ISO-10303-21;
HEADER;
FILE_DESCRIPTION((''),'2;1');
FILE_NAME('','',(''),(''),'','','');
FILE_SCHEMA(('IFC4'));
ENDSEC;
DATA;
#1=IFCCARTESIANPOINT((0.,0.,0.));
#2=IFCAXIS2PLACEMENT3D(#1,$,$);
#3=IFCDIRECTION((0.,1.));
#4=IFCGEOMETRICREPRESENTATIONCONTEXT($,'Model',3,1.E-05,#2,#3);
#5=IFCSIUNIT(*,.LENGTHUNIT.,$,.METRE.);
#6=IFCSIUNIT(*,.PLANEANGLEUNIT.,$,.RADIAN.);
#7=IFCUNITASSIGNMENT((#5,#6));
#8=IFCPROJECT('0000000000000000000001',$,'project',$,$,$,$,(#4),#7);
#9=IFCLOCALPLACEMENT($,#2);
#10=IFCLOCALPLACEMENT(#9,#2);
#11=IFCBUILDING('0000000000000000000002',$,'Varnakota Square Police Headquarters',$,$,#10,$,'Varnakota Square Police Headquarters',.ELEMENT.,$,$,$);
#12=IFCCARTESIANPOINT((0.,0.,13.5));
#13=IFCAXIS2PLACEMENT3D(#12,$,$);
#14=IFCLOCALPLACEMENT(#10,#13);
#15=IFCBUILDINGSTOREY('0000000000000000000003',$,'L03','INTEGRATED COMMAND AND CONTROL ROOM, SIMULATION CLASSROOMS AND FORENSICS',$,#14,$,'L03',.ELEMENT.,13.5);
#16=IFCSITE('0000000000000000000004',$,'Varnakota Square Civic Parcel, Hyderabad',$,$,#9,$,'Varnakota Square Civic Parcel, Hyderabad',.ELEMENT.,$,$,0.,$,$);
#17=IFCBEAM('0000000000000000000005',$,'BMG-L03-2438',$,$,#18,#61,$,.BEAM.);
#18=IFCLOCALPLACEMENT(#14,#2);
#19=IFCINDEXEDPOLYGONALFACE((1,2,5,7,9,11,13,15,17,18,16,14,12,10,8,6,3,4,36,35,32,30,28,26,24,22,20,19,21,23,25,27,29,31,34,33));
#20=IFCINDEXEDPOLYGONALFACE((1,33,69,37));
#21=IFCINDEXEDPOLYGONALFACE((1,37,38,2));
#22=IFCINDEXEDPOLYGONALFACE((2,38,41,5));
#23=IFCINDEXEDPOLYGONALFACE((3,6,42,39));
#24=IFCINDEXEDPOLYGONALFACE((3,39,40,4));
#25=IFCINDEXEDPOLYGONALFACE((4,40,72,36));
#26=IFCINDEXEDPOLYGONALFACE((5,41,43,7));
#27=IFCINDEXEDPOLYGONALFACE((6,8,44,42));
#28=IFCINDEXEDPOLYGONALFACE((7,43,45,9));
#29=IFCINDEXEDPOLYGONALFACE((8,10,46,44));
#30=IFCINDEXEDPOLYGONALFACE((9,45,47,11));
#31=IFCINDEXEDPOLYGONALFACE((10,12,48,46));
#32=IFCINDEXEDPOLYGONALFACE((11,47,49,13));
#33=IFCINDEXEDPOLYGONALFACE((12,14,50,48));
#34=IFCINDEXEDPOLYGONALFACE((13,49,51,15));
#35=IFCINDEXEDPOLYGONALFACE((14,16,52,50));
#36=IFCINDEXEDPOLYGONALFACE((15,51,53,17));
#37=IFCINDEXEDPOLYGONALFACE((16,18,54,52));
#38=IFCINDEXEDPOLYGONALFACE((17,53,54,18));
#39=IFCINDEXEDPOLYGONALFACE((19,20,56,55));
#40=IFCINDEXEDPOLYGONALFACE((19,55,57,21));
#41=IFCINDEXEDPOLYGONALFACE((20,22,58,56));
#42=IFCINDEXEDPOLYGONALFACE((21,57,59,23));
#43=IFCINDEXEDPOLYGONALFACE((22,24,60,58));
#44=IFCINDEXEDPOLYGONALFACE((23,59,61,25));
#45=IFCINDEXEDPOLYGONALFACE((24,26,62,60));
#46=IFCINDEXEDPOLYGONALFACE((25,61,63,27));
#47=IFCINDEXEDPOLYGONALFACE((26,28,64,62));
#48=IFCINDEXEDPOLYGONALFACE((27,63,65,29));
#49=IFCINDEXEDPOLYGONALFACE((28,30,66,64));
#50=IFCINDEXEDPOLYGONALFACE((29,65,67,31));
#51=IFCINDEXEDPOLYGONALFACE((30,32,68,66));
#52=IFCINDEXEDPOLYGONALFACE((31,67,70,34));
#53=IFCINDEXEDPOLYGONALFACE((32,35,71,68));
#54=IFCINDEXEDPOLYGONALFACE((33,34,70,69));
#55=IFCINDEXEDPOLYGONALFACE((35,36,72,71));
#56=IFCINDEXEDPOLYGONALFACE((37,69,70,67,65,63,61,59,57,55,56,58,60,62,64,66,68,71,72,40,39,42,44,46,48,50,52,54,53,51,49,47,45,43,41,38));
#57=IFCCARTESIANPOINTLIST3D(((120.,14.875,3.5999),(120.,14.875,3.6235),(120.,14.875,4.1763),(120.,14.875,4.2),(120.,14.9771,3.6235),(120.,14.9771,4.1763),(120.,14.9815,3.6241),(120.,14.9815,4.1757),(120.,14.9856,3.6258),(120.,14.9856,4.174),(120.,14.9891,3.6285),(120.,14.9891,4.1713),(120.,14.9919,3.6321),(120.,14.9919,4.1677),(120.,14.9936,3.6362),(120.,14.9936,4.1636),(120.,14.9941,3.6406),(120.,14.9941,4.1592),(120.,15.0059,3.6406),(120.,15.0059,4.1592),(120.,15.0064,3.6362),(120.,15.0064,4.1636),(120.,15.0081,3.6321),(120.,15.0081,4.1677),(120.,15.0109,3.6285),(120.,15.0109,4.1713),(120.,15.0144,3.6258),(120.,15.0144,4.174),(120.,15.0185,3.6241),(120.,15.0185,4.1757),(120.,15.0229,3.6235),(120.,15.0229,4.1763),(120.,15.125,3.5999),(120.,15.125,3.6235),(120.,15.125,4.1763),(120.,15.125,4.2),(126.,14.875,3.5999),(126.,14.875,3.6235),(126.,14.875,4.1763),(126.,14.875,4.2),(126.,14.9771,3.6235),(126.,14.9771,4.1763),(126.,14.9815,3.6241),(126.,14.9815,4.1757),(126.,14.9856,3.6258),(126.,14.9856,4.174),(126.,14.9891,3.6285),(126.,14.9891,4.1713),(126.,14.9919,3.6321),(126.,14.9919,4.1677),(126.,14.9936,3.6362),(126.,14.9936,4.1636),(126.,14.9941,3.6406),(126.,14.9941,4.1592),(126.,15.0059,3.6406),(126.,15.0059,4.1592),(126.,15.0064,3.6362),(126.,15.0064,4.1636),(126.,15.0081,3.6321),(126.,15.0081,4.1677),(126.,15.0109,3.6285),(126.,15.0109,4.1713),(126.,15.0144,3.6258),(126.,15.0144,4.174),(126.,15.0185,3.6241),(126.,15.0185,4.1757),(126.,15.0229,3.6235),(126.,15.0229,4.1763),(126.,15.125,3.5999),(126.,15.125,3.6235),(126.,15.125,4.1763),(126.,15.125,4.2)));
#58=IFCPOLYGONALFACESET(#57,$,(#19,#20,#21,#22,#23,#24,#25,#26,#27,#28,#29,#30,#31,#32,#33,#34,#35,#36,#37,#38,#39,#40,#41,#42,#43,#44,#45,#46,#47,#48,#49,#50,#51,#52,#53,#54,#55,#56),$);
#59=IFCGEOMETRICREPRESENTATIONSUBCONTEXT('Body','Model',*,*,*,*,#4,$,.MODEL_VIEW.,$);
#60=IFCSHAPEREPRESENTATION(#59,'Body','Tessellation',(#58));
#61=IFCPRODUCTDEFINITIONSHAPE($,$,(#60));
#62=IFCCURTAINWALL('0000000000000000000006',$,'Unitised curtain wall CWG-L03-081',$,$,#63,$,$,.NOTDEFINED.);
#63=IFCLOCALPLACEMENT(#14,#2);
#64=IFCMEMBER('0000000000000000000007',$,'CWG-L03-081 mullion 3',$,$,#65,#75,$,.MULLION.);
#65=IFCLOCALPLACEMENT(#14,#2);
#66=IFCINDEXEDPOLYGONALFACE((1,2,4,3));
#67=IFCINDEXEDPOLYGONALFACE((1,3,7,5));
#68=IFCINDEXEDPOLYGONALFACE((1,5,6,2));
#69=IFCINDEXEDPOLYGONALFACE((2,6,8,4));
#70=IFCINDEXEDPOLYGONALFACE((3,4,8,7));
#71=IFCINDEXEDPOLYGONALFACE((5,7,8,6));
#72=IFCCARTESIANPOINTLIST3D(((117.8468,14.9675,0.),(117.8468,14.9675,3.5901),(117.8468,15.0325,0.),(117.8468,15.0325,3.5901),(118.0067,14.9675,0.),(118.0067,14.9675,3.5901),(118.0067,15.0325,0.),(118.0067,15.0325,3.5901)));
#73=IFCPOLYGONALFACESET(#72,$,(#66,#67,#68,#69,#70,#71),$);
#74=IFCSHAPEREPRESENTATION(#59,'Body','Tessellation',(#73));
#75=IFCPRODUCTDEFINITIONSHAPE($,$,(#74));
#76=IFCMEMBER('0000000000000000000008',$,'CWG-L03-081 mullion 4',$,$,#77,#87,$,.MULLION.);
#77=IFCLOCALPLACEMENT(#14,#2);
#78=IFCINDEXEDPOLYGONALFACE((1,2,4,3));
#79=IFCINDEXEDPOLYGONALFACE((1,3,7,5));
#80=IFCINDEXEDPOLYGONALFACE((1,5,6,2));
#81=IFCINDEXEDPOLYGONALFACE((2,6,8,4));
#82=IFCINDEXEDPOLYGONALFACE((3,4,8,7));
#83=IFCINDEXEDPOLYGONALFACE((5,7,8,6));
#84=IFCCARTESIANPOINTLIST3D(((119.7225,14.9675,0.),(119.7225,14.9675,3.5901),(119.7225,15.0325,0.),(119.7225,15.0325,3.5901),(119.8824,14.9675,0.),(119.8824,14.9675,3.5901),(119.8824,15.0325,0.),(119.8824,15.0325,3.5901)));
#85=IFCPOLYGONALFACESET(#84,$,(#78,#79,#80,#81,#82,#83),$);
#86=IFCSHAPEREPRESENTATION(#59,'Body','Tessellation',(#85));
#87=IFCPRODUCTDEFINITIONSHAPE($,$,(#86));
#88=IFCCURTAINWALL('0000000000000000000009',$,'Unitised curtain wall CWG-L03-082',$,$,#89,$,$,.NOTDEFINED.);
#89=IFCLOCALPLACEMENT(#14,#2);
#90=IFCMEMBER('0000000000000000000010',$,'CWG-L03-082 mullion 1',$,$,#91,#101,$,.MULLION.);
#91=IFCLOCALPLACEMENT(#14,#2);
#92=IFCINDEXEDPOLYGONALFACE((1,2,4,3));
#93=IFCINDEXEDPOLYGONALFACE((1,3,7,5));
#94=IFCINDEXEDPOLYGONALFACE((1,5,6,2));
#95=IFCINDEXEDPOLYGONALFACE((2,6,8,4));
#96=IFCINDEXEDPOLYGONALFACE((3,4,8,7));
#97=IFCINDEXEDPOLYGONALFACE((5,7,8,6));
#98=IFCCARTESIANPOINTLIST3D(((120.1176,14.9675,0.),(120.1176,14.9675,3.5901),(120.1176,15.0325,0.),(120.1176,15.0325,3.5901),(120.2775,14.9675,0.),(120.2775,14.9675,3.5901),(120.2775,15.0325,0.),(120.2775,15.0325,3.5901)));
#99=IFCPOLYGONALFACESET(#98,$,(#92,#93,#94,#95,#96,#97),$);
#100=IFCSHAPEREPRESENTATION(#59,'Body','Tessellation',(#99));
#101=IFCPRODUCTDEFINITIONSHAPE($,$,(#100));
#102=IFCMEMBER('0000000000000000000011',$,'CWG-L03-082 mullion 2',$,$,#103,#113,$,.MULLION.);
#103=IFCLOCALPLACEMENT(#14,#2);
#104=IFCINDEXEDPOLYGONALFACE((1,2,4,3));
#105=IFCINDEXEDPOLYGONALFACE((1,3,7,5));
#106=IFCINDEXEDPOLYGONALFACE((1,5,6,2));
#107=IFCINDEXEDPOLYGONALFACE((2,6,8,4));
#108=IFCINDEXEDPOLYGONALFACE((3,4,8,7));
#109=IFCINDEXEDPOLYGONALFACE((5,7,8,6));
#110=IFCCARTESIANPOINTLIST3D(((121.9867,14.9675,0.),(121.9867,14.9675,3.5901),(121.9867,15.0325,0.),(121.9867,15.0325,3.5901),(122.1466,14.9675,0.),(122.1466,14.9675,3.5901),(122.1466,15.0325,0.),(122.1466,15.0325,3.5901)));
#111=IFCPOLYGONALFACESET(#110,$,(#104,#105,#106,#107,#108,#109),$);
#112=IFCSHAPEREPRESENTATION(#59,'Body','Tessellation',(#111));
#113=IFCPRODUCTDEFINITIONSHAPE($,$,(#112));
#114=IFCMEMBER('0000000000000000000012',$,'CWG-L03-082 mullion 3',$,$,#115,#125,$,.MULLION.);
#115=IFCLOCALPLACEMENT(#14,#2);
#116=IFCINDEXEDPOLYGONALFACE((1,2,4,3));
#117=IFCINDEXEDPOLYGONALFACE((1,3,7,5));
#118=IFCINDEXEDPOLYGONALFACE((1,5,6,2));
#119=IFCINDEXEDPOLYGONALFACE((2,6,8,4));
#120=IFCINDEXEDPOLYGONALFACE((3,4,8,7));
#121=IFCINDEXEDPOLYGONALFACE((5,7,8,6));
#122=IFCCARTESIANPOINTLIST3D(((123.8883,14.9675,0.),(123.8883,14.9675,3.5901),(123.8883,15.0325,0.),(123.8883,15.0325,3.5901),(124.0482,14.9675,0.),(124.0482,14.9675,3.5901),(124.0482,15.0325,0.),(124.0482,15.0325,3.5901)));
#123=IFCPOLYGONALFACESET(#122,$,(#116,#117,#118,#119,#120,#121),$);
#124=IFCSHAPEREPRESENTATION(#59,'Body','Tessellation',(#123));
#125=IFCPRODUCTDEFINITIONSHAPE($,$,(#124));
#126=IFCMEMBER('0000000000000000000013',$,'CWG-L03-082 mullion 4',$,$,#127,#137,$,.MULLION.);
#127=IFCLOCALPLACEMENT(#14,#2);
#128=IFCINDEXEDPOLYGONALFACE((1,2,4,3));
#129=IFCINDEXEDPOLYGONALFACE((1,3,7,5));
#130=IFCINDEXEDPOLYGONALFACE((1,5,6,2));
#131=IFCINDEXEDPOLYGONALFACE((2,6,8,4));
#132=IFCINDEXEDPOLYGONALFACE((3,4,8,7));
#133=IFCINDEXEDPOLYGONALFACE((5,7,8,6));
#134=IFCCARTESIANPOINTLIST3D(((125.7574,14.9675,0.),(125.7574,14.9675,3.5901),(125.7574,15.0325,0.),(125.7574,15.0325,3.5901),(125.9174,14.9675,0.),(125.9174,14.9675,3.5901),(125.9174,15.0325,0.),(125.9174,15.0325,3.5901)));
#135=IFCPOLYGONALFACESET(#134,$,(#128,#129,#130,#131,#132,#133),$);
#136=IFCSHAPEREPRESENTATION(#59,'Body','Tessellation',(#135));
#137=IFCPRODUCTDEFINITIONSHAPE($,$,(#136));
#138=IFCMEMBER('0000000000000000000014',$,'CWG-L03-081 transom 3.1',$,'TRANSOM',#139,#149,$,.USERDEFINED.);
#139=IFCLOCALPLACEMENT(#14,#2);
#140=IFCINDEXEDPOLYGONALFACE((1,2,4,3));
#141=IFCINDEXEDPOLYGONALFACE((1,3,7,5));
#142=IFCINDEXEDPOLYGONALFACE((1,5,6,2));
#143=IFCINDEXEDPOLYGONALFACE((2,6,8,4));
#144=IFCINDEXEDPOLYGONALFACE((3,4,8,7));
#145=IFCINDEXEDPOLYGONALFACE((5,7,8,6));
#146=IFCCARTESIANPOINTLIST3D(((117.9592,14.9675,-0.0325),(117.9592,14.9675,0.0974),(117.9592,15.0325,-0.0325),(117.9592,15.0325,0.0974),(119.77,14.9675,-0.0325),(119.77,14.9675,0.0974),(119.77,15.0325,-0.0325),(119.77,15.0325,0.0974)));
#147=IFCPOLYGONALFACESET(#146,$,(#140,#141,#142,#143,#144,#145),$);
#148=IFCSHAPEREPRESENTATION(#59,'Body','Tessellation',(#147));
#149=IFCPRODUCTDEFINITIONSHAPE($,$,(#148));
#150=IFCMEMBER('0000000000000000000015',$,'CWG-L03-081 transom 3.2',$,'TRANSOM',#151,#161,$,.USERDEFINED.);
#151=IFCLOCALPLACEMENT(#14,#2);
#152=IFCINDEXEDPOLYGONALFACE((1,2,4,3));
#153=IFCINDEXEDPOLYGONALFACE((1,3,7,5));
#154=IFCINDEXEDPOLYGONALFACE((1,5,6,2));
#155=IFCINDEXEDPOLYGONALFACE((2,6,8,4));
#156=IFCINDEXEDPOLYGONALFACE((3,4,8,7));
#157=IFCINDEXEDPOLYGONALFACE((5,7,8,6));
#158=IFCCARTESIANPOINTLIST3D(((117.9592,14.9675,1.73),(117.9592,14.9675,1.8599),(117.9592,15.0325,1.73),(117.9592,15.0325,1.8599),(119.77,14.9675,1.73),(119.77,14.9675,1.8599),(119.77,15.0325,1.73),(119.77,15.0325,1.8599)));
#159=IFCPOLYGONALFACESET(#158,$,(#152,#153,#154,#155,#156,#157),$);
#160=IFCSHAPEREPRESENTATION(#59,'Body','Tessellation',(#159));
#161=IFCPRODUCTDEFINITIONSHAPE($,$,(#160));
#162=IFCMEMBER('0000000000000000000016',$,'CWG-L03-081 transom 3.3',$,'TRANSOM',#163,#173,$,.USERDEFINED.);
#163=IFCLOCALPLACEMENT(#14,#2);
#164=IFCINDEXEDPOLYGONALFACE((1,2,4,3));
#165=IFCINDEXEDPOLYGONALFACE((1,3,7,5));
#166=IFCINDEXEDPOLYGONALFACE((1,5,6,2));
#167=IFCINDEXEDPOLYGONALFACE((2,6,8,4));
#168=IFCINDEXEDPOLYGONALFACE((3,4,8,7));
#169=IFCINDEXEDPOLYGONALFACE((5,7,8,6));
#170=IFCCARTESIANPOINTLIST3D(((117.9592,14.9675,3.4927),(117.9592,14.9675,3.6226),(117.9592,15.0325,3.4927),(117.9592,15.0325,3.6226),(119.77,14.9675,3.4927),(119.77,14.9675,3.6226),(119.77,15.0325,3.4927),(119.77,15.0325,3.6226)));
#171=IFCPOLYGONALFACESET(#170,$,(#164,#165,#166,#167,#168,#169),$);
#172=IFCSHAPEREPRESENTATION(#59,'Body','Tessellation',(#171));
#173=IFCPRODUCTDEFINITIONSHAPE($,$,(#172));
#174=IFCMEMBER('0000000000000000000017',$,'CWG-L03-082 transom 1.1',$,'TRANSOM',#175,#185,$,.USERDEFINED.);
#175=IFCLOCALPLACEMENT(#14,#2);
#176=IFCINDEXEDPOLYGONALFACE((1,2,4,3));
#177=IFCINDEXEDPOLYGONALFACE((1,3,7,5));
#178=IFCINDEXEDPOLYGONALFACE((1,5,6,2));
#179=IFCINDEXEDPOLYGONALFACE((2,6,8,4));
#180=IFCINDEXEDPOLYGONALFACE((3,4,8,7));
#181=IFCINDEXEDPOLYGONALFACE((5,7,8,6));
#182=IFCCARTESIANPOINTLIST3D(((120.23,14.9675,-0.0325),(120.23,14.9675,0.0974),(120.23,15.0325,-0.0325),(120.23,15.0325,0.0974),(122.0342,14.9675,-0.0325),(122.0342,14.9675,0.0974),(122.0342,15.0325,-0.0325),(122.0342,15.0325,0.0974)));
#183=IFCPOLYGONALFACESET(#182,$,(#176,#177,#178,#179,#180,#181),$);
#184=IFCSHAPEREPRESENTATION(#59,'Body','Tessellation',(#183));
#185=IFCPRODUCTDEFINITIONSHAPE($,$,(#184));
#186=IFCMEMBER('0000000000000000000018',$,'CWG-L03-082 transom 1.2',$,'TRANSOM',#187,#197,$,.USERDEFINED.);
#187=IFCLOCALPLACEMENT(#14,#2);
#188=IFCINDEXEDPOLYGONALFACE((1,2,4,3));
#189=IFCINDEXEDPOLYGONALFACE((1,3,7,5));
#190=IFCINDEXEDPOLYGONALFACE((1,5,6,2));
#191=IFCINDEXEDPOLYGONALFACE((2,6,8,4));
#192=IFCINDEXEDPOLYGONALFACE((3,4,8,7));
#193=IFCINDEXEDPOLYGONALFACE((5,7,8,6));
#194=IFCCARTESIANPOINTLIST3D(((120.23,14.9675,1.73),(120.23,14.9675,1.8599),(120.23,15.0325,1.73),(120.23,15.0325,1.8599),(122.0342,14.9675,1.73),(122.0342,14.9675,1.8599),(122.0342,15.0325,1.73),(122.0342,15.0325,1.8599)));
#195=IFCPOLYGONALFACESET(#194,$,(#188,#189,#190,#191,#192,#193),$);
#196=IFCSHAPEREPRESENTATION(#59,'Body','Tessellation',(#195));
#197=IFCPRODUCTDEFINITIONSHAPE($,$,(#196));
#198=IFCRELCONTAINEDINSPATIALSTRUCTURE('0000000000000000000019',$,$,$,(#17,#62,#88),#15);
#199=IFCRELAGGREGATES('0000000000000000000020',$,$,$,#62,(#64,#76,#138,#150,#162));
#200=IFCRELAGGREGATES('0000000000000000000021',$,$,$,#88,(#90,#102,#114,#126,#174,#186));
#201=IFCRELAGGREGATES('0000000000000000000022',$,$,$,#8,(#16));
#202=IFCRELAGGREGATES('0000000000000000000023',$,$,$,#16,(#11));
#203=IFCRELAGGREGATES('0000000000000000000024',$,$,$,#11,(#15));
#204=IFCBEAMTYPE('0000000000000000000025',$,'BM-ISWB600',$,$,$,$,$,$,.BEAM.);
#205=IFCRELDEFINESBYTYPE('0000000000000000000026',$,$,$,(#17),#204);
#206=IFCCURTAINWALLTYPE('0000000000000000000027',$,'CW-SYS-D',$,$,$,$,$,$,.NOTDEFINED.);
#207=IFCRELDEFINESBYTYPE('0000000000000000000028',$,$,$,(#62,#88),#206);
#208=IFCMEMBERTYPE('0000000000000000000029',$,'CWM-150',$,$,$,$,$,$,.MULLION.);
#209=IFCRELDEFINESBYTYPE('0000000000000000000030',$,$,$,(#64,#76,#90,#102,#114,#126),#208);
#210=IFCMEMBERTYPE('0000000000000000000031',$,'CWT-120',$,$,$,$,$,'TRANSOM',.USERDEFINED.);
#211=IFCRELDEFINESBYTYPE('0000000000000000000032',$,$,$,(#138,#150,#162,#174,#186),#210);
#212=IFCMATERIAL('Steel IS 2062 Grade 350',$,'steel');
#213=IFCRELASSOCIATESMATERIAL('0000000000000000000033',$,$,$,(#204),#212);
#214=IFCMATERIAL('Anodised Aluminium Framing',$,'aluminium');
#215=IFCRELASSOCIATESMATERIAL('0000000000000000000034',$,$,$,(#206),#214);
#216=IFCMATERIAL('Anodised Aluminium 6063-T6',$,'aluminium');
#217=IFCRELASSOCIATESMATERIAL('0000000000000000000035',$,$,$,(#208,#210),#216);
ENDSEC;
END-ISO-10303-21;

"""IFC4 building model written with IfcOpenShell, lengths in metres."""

from ifc_helpers import new_model, si_unit, direction, frame, origin, origin_2d, place, context, subcontext, project, spatial, rectangle, i_section, extrude, material, material_profile, profile_set, type_object, element, aggregate, save


model = new_model("IFC4")

# Units and contexts
model_context = context("Model", 3, precision=1e-05, world=origin(), true_north=direction((0.0, 1.0)))
body_context = subcontext(model_context, "Body", "Model", "MODEL_VIEW")
ifc_project = project(units=[si_unit("LENGTHUNIT", "METRE"), si_unit("PLANEANGLEUNIT", "RADIAN")], contexts=[model_context])

# Site, building, storey
site_placement = place(None, origin())
site = spatial("IfcSite", under=ifc_project, at=site_placement, Name="Varnakota Square Civic Parcel, Hyderabad", LongName="Varnakota Square Civic Parcel, Hyderabad", CompositionType="ELEMENT", RefElevation=0.0)
building_placement = place(site_placement, origin())
building = spatial("IfcBuilding", under=site, at=building_placement, Name="Varnakota Square Police Headquarters", LongName="Varnakota Square Police Headquarters", CompositionType="ELEMENT")
storey_placement = place(building_placement, frame((0.0, 0.0, 13.5)))
storey = spatial("IfcBuildingStorey", under=building, at=storey_placement, Name="L03", Description="INTEGRATED COMMAND AND CONTROL ROOM, SIMULATION CLASSROOMS AND FORENSICS", LongName="L03", CompositionType="ELEMENT", Elevation=13.5)

# Shared definitions
ifc_material_1 = material(Name="Steel IS 2062 Grade 350", Category="steel")

# Beam
ifc_material_profile_1 = material_profile(ifc_material_1, i_section(OverallWidth=0.25, OverallDepth=0.6001, WebThickness=0.0117, FlangeThickness=0.0237, FilletRadius=0.0171, at=origin_2d()), Name="ISWB 600")
ifc_profile_set_1 = profile_set([ifc_material_profile_1], Name="Steel IS 2062 Grade 350")
beam_type_1 = type_object("IfcBeamType", Name="BM-ISWB600", PredefinedType="BEAM", material=ifc_profile_set_1)
beam_1_placement = place(storey_placement, frame((120.0, 15.0, 3.8999), z_axis=(1.0, 0.0, 0.0), x_axis=(0.0, 1.0, 0.0)))
element("IfcBeam", 1, at=beam_1_placement, inside=storey, type_object=beam_type_1, Name="BMG-L03-2438", PredefinedType="BEAM", context=body_context, shape_type="SweptSolid", body=[
    extrude(i_section(OverallWidth=0.25, OverallDepth=0.6001, WebThickness=0.0117, FlangeThickness=0.0237, FilletRadius=0.0171, at=origin_2d()), origin(), (0.0, 0.0, 1.0), 6.0),
])

# Curtain walls, members
ifc_material_2 = material(Name="Anodised Aluminium Framing", Category="aluminium")
curtain_wall_type = type_object("IfcCurtainWallType", Name="CW-SYS-D", PredefinedType="NOTDEFINED", material=ifc_material_2)
curtain_wall_1_placement = place(storey_placement, origin())
curtain_wall_1 = element("IfcCurtainWall", 2, at=curtain_wall_1_placement, inside=storey, type_object=curtain_wall_type, Name="Unitised curtain wall CWG-L03-081", PredefinedType="NOTDEFINED")
ifc_material_3 = material(Name="Anodised Aluminium 6063-T6", Category="aluminium")
ifc_material_profile_2 = material_profile(ifc_material_3, rectangle(XDim=0.0649, YDim=0.1599, at=origin_2d()), Name="ALU MULLION 65x160")
ifc_profile_set_2 = profile_set([ifc_material_profile_2], Name="Anodised Aluminium 6063-T6")
member_type_1 = type_object("IfcMemberType", Name="CWM-150", PredefinedType="MULLION", material=ifc_profile_set_2)
member_1_placement = place(storey_placement, frame((117.9268, 15.0, 0.0), z_axis=(0.0, 0.0, 1.0), x_axis=(0.0, 1.0, 0.0)))
member_1 = element("IfcMember", 3, at=member_1_placement, type_object=member_type_1, Name="CWG-L03-081 mullion 3", PredefinedType="MULLION", context=body_context, shape_type="SweptSolid", body=[
    extrude(rectangle(XDim=0.0649, YDim=0.1599, at=origin_2d()), origin(), (0.0, 0.0, 1.0), 3.5901),
])
member_2_placement = place(storey_placement, frame((119.8025, 15.0, 0.0), z_axis=(0.0, 0.0, 1.0), x_axis=(0.0, 1.0, 0.0)))
member_2 = element("IfcMember", 4, at=member_2_placement, type_object=member_type_1, Name="CWG-L03-081 mullion 4", PredefinedType="MULLION", context=body_context, shape_type="SweptSolid", body=[
    extrude(rectangle(XDim=0.0649, YDim=0.1599, at=origin_2d()), origin(), (0.0, 0.0, 1.0), 3.5901),
])
curtain_wall_2_placement = place(storey_placement, origin())
curtain_wall_2 = element("IfcCurtainWall", 5, at=curtain_wall_2_placement, inside=storey, type_object=curtain_wall_type, Name="Unitised curtain wall CWG-L03-082", PredefinedType="NOTDEFINED")
member_3_placement = place(storey_placement, frame((120.1975, 15.0, 0.0), z_axis=(0.0, 0.0, 1.0), x_axis=(0.0, 1.0, 0.0)))
member_3 = element("IfcMember", 6, at=member_3_placement, type_object=member_type_1, Name="CWG-L03-082 mullion 1", PredefinedType="MULLION", context=body_context, shape_type="SweptSolid", body=[
    extrude(rectangle(XDim=0.0649, YDim=0.1599, at=origin_2d()), origin(), (0.0, 0.0, 1.0), 3.5901),
])
member_4_placement = place(storey_placement, frame((122.0667, 15.0, 0.0), z_axis=(0.0, 0.0, 1.0), x_axis=(0.0, 1.0, 0.0)))
member_4 = element("IfcMember", 7, at=member_4_placement, type_object=member_type_1, Name="CWG-L03-082 mullion 2", PredefinedType="MULLION", context=body_context, shape_type="SweptSolid", body=[
    extrude(rectangle(XDim=0.0649, YDim=0.1599, at=origin_2d()), origin(), (0.0, 0.0, 1.0), 3.5901),
])
member_5_placement = place(storey_placement, frame((123.9683, 15.0, 0.0), z_axis=(0.0, 0.0, 1.0), x_axis=(0.0, 1.0, 0.0)))
member_5 = element("IfcMember", 8, at=member_5_placement, type_object=member_type_1, Name="CWG-L03-082 mullion 3", PredefinedType="MULLION", context=body_context, shape_type="SweptSolid", body=[
    extrude(rectangle(XDim=0.0649, YDim=0.1599, at=origin_2d()), origin(), (0.0, 0.0, 1.0), 3.5901),
])
member_6_placement = place(storey_placement, frame((125.8374, 15.0, 0.0), z_axis=(0.0, 0.0, 1.0), x_axis=(0.0, 1.0, 0.0)))
member_6 = element("IfcMember", 9, at=member_6_placement, type_object=member_type_1, Name="CWG-L03-082 mullion 4", PredefinedType="MULLION", context=body_context, shape_type="SweptSolid", body=[
    extrude(rectangle(XDim=0.0649, YDim=0.1599, at=origin_2d()), origin(), (0.0, 0.0, 1.0), 3.5901),
])

# Members
ifc_material_profile_3 = material_profile(ifc_material_3, rectangle(XDim=0.0649, YDim=0.1299, at=origin_2d()), Name="ALU TRANSOM 65x130")
ifc_profile_set_3 = profile_set([ifc_material_profile_3], Name="Anodised Aluminium 6063-T6")
member_type_2 = type_object("IfcMemberType", Name="CWT-120", ElementType="TRANSOM", PredefinedType="USERDEFINED", material=ifc_profile_set_3)
member_7_placement = place(storey_placement, frame((117.9592, 15.0, 0.0325), z_axis=(1.0, 0.0, 0.0), x_axis=(0.0, 1.0, 0.0)))
member_7 = element("IfcMember", 10, at=member_7_placement, type_object=member_type_2, Name="CWG-L03-081 transom 3.1", ObjectType="TRANSOM", PredefinedType="USERDEFINED", context=body_context, shape_type="SweptSolid", body=[
    extrude(rectangle(XDim=0.0649, YDim=0.1299, at=origin_2d()), origin(), (0.0, 0.0, 1.0), 1.8108),
])
member_8_placement = place(storey_placement, frame((117.9592, 15.0, 1.7949), z_axis=(1.0, 0.0, 0.0), x_axis=(0.0, 1.0, 0.0)))
member_8 = element("IfcMember", 11, at=member_8_placement, type_object=member_type_2, Name="CWG-L03-081 transom 3.2", ObjectType="TRANSOM", PredefinedType="USERDEFINED", context=body_context, shape_type="SweptSolid", body=[
    extrude(rectangle(XDim=0.0649, YDim=0.1299, at=origin_2d()), origin(), (0.0, 0.0, 1.0), 1.8108),
])
member_9_placement = place(storey_placement, frame((117.9592, 15.0, 3.5576), z_axis=(1.0, 0.0, 0.0), x_axis=(0.0, 1.0, 0.0)))
member_9 = element("IfcMember", 12, at=member_9_placement, type_object=member_type_2, Name="CWG-L03-081 transom 3.3", ObjectType="TRANSOM", PredefinedType="USERDEFINED", context=body_context, shape_type="SweptSolid", body=[
    extrude(rectangle(XDim=0.0649, YDim=0.1299, at=origin_2d()), origin(), (0.0, 0.0, 1.0), 1.8108),
])
member_10_placement = place(storey_placement, frame((120.23, 15.0, 0.0325), z_axis=(1.0, 0.0, 0.0), x_axis=(0.0, 1.0, 0.0)))
member_10 = element("IfcMember", 13, at=member_10_placement, type_object=member_type_2, Name="CWG-L03-082 transom 1.1", ObjectType="TRANSOM", PredefinedType="USERDEFINED", context=body_context, shape_type="SweptSolid", body=[
    extrude(rectangle(XDim=0.0649, YDim=0.1299, at=origin_2d()), origin(), (0.0, 0.0, 1.0), 1.8042),
])
member_11_placement = place(storey_placement, frame((120.23, 15.0, 1.7949), z_axis=(1.0, 0.0, 0.0), x_axis=(0.0, 1.0, 0.0)))
member_11 = element("IfcMember", 14, at=member_11_placement, type_object=member_type_2, Name="CWG-L03-082 transom 1.2", ObjectType="TRANSOM", PredefinedType="USERDEFINED", context=body_context, shape_type="SweptSolid", body=[
    extrude(rectangle(XDim=0.0649, YDim=0.1299, at=origin_2d()), origin(), (0.0, 0.0, 1.0), 1.8042),
])

aggregate(curtain_wall_1, [member_1, member_2, member_7, member_8, member_9])
aggregate(curtain_wall_2, [member_3, member_4, member_5, member_6, member_10, member_11])

save(model, "model.ifc")
